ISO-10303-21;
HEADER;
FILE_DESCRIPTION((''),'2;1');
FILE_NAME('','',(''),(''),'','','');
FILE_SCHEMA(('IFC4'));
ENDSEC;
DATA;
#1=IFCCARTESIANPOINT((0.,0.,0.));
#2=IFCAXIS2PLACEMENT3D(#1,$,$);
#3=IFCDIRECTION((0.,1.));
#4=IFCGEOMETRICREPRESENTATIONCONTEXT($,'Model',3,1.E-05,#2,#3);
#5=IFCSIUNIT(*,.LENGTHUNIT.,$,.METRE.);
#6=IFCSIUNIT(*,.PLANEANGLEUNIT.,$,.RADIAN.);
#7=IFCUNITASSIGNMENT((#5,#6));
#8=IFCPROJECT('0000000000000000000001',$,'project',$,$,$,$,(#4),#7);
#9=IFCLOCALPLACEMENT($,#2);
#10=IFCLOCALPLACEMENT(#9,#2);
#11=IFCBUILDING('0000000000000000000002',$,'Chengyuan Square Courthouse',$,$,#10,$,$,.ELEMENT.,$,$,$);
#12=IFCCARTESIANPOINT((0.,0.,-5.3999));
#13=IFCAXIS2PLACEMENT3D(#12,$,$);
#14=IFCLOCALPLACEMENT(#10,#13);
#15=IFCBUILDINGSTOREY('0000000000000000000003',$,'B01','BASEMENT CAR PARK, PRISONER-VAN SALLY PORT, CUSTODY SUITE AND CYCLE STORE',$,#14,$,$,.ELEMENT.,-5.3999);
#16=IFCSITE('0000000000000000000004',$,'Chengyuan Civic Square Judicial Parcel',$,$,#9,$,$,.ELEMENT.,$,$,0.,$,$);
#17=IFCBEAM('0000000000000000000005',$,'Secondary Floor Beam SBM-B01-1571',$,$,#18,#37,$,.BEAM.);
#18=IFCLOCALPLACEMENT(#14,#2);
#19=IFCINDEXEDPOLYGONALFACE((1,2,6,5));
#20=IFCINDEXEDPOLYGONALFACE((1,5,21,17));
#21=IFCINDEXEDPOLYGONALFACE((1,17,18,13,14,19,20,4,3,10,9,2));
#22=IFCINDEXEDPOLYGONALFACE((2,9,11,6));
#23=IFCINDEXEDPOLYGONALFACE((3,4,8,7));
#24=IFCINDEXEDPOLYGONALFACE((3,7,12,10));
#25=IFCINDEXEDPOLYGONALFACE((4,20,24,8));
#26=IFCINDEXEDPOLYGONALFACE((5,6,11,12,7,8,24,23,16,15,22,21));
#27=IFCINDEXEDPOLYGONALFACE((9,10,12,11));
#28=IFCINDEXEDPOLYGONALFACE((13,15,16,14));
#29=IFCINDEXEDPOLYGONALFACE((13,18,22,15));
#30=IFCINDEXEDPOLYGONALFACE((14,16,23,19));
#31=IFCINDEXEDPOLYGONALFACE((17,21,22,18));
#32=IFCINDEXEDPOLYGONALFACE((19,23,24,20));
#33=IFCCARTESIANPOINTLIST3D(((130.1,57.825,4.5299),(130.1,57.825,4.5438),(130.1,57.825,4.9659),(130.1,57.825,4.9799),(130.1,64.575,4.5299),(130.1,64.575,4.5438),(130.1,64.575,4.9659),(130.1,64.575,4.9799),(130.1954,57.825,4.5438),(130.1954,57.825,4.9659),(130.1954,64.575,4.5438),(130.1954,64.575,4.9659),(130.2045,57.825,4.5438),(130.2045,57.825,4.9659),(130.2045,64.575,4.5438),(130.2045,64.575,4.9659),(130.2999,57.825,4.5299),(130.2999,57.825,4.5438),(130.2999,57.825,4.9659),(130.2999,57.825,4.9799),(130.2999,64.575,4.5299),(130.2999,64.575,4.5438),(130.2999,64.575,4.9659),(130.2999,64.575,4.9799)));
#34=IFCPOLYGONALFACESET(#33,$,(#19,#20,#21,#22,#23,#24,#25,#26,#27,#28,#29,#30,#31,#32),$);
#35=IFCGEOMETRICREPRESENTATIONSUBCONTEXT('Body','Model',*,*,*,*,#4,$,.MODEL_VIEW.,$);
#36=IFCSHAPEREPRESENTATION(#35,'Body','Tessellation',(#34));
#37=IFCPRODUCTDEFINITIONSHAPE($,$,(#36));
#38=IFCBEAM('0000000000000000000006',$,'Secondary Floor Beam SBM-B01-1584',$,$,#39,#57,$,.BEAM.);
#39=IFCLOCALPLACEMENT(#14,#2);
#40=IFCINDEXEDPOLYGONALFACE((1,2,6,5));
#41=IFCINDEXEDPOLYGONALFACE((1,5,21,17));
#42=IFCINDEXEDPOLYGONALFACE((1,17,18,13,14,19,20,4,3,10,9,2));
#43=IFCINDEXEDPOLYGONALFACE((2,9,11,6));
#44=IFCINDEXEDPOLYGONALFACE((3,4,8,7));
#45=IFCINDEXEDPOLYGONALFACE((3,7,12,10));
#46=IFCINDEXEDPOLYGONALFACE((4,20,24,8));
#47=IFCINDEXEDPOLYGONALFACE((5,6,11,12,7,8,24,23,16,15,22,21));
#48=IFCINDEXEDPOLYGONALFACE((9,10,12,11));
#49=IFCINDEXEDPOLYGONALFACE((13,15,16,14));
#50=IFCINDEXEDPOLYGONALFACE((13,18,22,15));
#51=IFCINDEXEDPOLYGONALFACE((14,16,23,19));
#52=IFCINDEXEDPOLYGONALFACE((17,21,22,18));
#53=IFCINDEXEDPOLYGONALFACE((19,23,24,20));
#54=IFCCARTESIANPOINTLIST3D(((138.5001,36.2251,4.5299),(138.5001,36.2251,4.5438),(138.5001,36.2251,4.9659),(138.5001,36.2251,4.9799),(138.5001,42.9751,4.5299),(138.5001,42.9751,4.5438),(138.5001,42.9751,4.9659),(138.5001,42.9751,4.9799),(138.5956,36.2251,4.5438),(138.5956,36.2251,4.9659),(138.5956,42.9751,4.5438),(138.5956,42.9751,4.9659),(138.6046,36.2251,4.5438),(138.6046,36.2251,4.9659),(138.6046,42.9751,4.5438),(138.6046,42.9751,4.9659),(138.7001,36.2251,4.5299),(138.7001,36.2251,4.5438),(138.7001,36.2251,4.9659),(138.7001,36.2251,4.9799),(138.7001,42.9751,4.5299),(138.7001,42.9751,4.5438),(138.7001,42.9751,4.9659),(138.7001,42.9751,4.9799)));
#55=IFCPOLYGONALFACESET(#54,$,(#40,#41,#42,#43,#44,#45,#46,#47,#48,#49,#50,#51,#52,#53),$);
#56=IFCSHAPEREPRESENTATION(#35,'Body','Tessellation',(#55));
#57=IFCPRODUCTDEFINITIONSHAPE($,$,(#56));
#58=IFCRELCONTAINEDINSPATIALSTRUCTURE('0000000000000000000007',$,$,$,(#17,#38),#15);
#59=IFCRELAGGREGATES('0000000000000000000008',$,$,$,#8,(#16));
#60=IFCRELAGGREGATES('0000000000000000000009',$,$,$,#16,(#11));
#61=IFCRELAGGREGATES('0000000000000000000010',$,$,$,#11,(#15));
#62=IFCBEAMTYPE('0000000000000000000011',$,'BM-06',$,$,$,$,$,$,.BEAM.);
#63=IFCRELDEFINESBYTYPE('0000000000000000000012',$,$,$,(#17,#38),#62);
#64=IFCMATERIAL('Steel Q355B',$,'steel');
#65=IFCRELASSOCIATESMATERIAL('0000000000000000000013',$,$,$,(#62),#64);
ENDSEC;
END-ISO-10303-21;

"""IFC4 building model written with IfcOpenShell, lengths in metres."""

from ifc_helpers import new_model, si_unit, direction, frame, origin, origin_2d, place, context, subcontext, project, spatial, i_section, extrude, material, material_profile, profile_set, type_object, element, save


model = new_model("IFC4")

# Units and contexts
model_context = context("Model", 3, precision=1e-05, world=origin(), true_north=direction((0.0, 1.0)))
body_context = subcontext(model_context, "Body", "Model", "MODEL_VIEW")
ifc_project = project(units=[si_unit("LENGTHUNIT", "METRE"), si_unit("PLANEANGLEUNIT", "RADIAN")], contexts=[model_context])

# Site, building, storey
site_placement = place(None, origin())
site = spatial("IfcSite", under=ifc_project, at=site_placement, Name="Chengyuan Civic Square Judicial Parcel", CompositionType="ELEMENT", RefElevation=0.0)
building_placement = place(site_placement, origin())
building = spatial("IfcBuilding", under=site, at=building_placement, Name="Chengyuan Square Courthouse", CompositionType="ELEMENT")
storey_placement = place(building_placement, frame((0.0, 0.0, -5.3999)))
storey = spatial("IfcBuildingStorey", under=building, at=storey_placement, Name="B01", Description="BASEMENT CAR PARK, PRISONER-VAN SALLY PORT, CUSTODY SUITE AND CYCLE STORE", CompositionType="ELEMENT", Elevation=-5.3999)

# Beams
ifc_material_1 = material(Name="Steel Q355B", Category="steel")
ifc_material_profile_1 = material_profile(ifc_material_1, i_section(OverallWidth=0.2, OverallDepth=0.45, WebThickness=0.009, FlangeThickness=0.0139, at=origin_2d()), Name="HN 450x200x9x14")
ifc_profile_set_1 = profile_set([ifc_material_profile_1], Name="Steel Q355B")
beam_type_1 = type_object("IfcBeamType", Name="BM-06", PredefinedType="BEAM", material=ifc_profile_set_1)
for number, where, z_axis, x_axis, name in (
    (1, (130.2, 57.825, 4.7549), (0.0, 1.0, 0.0), (-1.0, 0.0, 0.0), "Secondary Floor Beam SBM-B01-1571"),
    (2, (138.6001, 36.2251, 4.7549), (0.0, 1.0, 0.0), (-1.0, 0.0, 0.0), "Secondary Floor Beam SBM-B01-1584"),
):
    element("IfcBeam", number, at=place(storey_placement, frame(where, z_axis=z_axis, x_axis=x_axis)), inside=storey, type_object=beam_type_1, Name=name, PredefinedType="BEAM", context=body_context, shape_type="SweptSolid", body=[
        extrude(i_section(OverallWidth=0.2, OverallDepth=0.45, WebThickness=0.009, FlangeThickness=0.0139, at=origin_2d()), origin(), (0.0, 0.0, 1.0), 6.75),
    ])

save(model, "model.ifc")
